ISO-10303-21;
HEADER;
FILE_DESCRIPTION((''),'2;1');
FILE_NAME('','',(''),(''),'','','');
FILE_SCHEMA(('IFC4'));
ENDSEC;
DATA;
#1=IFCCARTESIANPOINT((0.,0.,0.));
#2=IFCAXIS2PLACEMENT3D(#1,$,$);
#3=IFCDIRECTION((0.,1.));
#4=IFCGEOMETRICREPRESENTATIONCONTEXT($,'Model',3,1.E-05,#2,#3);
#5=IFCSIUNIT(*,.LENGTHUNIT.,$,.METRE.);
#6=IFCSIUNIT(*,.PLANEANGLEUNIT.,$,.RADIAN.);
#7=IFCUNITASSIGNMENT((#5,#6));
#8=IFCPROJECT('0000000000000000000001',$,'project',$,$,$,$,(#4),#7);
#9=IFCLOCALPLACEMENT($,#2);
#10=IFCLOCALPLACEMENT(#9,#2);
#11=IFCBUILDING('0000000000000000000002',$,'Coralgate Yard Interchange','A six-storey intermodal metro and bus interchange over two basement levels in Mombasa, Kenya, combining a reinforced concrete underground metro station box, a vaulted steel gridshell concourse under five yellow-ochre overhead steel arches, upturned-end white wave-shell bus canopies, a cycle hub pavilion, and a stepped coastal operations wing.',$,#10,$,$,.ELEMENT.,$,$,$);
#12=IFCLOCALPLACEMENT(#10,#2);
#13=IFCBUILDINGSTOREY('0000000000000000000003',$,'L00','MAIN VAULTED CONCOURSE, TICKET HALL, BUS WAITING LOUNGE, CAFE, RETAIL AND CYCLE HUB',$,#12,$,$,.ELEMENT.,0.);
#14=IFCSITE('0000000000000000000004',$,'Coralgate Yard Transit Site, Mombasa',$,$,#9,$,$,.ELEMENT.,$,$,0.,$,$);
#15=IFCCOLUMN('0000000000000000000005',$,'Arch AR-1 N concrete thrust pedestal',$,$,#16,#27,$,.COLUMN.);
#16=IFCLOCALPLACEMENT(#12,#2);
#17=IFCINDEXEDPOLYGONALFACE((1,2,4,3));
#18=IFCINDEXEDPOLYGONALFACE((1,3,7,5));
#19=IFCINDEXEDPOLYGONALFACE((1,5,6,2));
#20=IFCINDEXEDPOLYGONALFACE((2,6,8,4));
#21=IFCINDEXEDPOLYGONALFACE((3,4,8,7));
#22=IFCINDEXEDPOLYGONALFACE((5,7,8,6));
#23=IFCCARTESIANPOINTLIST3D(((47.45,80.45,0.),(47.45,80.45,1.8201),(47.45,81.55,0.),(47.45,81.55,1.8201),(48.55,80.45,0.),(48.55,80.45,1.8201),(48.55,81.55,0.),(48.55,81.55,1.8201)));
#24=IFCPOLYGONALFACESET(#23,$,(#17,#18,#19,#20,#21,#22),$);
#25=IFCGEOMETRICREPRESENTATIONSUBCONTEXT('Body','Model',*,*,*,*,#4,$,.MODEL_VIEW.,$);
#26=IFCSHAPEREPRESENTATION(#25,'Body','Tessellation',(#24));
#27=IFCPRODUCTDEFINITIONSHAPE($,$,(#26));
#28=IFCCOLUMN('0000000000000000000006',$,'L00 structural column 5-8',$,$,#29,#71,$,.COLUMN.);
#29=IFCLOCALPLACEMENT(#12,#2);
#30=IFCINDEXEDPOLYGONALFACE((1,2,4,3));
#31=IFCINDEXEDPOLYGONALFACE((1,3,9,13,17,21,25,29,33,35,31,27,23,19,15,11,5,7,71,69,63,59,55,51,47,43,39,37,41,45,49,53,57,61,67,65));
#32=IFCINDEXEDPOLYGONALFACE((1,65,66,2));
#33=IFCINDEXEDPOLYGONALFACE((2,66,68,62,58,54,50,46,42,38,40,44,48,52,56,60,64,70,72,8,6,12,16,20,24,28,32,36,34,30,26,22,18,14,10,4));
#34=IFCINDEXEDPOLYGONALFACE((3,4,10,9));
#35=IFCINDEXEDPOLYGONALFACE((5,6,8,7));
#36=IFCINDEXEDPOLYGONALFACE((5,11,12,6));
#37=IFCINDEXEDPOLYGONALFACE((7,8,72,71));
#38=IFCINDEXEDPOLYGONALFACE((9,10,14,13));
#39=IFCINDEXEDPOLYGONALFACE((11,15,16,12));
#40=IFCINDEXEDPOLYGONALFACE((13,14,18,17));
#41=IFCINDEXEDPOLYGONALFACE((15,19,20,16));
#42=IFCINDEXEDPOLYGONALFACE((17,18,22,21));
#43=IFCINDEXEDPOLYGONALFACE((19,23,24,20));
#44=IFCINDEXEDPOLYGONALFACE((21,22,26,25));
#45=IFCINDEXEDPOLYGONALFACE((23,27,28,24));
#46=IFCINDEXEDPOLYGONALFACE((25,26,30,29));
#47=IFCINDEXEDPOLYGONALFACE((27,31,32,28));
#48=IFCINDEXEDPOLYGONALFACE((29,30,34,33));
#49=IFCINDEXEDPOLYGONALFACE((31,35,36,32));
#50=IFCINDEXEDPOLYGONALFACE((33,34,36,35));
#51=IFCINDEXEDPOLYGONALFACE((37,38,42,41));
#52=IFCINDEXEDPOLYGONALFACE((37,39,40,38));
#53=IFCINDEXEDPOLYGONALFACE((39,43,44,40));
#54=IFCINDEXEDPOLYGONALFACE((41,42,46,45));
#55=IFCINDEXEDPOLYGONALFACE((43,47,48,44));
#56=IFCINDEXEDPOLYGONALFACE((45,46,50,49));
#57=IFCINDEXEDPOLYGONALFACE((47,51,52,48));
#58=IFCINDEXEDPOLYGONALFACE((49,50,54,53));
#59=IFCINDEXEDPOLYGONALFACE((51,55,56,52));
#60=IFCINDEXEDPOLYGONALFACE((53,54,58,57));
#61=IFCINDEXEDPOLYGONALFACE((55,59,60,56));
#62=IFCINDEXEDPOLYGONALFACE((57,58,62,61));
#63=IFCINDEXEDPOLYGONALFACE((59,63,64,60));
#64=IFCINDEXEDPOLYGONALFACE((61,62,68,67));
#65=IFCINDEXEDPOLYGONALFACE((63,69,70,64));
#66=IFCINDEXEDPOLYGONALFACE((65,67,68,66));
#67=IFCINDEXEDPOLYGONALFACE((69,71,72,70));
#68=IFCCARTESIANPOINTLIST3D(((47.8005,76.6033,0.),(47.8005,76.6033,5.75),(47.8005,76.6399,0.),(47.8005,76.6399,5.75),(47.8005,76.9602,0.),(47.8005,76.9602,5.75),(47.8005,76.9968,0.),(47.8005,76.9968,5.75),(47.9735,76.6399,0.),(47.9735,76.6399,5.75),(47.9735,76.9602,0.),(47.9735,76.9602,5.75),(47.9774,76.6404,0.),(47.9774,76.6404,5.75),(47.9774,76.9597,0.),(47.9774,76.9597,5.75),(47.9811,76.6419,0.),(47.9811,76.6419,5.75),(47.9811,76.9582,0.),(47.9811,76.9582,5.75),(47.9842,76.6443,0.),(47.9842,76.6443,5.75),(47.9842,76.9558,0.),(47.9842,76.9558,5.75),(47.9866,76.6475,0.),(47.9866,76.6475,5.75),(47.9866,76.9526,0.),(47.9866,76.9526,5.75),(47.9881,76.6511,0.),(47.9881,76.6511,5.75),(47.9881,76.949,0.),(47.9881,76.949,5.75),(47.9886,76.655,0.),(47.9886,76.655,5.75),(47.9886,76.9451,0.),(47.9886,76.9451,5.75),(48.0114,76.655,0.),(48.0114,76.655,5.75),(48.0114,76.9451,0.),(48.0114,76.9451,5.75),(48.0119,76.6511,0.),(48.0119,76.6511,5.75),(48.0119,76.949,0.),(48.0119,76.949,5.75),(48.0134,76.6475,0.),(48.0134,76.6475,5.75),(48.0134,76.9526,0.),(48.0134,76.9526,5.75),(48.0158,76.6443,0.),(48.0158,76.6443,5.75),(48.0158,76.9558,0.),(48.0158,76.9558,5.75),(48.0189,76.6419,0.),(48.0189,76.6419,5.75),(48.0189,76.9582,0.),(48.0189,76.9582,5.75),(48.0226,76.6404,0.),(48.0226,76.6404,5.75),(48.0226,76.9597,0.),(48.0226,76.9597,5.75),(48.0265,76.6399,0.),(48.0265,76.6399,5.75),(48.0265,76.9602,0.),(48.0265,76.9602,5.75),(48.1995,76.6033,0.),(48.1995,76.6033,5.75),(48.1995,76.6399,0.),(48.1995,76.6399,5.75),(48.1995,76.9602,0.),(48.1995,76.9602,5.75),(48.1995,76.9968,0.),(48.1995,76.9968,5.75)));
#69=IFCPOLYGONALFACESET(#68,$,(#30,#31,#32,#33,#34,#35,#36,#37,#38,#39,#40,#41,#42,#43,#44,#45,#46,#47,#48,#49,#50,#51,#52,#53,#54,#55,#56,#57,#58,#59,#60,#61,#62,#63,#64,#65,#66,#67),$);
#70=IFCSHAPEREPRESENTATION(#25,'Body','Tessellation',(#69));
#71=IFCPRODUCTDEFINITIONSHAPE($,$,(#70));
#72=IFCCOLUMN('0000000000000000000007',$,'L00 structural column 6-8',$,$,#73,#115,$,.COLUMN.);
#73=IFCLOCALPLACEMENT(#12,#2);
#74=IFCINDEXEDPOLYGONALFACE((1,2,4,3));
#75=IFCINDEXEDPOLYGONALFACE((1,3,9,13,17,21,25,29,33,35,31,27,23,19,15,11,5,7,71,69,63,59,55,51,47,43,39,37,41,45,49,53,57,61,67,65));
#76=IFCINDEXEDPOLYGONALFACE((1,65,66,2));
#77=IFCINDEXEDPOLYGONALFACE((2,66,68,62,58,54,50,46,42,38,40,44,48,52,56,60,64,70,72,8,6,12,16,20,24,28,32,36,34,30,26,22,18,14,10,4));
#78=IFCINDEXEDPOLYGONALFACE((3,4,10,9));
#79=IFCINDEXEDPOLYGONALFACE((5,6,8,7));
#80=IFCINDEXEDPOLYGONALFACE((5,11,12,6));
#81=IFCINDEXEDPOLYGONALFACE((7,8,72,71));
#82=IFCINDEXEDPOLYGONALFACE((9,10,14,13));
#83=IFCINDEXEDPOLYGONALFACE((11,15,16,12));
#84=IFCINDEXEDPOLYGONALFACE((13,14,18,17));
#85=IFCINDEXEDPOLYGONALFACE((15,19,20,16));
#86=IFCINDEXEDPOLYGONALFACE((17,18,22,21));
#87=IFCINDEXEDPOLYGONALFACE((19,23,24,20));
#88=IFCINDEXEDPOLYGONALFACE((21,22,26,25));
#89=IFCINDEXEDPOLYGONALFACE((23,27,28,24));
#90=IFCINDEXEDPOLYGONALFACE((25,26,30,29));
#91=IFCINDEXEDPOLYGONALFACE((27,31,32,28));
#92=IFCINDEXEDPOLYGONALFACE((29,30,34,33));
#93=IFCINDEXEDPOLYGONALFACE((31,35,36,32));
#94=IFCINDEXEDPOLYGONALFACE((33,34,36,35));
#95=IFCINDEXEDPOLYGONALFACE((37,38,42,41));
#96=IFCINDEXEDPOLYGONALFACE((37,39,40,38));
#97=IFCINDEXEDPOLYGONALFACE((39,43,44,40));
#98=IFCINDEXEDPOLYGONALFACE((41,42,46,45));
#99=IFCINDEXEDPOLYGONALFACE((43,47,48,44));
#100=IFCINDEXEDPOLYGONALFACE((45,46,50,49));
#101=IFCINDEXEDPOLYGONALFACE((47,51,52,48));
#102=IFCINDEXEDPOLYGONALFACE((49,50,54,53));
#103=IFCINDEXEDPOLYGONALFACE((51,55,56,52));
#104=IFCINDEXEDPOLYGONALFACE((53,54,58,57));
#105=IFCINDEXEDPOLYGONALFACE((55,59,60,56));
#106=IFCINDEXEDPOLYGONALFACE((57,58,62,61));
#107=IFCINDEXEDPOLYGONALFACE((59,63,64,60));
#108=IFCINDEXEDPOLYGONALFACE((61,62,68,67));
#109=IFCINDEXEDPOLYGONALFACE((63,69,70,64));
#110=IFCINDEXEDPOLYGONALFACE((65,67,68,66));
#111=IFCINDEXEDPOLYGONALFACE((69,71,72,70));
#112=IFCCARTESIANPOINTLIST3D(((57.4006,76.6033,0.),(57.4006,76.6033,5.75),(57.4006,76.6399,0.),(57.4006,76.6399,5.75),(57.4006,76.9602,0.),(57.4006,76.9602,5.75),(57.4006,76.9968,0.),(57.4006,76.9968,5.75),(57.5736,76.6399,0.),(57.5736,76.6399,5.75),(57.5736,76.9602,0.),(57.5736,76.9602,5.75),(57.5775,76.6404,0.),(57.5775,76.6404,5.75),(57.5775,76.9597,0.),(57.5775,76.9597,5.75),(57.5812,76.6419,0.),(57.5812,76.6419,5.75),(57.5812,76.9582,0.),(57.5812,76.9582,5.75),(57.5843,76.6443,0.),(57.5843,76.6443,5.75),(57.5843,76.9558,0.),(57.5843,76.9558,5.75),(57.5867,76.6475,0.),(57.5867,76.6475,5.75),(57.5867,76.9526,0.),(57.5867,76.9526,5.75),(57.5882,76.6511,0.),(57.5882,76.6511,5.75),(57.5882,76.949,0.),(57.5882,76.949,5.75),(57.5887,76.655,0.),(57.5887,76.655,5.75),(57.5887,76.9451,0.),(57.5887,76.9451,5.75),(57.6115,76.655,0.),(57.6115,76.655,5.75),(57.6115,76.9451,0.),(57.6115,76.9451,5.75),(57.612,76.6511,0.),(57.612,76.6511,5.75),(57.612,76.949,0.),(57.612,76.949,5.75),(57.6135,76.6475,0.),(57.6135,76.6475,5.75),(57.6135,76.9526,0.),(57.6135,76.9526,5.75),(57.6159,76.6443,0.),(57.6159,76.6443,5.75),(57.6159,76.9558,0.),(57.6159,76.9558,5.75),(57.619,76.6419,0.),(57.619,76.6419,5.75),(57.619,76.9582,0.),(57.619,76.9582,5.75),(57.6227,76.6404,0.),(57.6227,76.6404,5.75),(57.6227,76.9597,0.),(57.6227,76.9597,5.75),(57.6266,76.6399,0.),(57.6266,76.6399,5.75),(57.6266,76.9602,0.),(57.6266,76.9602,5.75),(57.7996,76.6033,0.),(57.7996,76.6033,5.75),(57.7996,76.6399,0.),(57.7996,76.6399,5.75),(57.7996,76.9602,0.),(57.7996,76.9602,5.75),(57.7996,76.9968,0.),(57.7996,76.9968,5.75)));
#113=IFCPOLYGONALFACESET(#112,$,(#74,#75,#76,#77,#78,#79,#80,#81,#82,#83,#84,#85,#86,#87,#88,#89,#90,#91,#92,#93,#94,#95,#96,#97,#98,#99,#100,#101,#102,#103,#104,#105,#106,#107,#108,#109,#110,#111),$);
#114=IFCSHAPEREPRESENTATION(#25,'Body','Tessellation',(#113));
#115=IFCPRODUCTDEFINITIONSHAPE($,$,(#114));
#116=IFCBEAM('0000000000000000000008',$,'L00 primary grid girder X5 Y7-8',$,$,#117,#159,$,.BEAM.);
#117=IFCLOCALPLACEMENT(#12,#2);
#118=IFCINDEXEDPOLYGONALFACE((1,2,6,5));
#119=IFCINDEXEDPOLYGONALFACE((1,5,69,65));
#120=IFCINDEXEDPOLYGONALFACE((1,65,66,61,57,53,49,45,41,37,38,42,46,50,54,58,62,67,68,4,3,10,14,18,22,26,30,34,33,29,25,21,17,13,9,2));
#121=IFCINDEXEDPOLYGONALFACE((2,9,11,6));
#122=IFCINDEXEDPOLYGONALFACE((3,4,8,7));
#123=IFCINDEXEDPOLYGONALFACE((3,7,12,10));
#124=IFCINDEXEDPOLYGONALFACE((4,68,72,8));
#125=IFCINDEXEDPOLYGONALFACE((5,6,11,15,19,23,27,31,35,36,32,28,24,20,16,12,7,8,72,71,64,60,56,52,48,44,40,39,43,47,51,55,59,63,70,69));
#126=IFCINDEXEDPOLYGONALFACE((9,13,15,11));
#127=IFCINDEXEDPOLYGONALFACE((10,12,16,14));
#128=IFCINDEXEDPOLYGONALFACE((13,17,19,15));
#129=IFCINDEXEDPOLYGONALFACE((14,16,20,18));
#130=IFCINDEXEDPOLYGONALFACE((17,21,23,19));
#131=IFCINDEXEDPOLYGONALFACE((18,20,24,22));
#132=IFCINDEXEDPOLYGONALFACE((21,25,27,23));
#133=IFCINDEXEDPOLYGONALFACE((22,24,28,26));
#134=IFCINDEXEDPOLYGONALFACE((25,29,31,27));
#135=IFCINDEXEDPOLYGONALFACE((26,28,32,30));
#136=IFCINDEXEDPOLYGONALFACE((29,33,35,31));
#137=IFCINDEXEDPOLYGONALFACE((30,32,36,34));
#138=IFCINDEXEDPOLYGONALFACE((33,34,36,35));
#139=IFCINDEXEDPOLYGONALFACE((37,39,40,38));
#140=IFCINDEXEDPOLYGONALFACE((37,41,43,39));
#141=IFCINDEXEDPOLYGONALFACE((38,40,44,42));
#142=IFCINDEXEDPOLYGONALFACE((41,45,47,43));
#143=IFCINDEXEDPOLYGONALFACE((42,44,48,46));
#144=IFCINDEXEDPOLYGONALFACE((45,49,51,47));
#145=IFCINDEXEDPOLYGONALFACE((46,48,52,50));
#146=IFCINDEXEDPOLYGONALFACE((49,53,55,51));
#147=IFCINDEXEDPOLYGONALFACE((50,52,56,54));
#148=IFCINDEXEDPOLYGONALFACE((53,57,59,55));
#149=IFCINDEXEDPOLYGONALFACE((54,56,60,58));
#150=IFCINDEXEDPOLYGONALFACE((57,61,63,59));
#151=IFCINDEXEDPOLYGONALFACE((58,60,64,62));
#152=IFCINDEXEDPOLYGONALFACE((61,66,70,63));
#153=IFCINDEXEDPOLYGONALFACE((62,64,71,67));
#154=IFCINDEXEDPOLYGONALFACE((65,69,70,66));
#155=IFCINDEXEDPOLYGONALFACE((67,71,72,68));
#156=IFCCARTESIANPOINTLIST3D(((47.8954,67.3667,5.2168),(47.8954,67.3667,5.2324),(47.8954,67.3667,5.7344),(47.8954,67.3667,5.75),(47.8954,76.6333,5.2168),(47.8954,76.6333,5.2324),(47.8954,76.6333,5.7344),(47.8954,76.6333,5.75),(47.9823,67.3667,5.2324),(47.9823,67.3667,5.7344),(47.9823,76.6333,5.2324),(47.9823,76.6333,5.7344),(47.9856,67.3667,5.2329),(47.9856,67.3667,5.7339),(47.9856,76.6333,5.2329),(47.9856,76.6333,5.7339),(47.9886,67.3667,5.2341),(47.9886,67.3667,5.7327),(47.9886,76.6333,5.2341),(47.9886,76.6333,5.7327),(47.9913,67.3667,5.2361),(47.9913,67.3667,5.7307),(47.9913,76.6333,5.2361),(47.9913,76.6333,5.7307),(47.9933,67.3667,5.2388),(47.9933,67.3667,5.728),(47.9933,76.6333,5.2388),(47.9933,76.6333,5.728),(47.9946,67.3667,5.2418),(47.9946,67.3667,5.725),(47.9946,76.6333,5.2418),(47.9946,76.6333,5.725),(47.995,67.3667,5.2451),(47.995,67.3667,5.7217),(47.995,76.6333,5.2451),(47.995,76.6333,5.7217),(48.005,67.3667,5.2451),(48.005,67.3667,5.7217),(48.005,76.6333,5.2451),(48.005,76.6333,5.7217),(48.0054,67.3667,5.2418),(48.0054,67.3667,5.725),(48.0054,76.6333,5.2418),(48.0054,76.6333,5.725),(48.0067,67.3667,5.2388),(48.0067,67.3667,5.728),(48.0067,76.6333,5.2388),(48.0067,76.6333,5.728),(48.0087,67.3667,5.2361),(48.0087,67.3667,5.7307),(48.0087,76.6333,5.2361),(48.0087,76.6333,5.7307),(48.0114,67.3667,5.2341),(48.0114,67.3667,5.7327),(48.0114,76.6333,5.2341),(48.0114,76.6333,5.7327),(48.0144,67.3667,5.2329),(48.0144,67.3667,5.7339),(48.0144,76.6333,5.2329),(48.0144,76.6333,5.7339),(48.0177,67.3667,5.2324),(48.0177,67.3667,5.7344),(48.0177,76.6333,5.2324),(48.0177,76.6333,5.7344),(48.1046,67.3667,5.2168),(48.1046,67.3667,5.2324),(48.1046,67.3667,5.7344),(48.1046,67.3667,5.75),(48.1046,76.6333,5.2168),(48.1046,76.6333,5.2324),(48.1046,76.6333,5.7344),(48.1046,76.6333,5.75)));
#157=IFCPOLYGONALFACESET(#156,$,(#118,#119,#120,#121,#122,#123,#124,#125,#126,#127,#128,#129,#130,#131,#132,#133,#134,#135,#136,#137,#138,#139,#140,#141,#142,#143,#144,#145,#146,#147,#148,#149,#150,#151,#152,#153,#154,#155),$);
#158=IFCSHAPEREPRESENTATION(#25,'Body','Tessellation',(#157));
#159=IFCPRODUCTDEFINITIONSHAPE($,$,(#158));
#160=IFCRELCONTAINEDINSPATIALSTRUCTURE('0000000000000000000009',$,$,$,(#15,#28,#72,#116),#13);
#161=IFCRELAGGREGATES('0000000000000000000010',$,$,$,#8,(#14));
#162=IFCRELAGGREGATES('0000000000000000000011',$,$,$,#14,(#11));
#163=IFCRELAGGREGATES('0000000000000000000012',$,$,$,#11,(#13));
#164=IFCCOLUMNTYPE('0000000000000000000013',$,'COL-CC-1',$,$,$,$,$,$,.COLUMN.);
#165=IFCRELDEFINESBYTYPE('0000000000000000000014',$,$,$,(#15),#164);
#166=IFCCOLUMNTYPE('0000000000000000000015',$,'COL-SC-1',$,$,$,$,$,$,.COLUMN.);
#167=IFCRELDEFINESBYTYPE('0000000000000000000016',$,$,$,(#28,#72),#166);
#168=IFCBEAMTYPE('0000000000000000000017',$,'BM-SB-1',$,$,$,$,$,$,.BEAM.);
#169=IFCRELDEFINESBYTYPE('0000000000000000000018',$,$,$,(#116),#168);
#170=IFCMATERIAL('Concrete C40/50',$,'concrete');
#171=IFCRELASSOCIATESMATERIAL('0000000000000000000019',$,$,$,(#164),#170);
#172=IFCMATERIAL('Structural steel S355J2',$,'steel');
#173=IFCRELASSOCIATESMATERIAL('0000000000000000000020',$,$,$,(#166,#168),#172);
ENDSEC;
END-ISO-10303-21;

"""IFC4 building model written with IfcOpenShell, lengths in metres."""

from ifc_helpers import new_model, si_unit, direction, frame, origin, origin_2d, place, context, subcontext, project, spatial, rectangle, i_section, extrude, material, material_profile, profile_set, type_object, element, save


model = new_model("IFC4")

# Units and contexts
model_context = context("Model", 3, precision=1e-05, world=origin(), true_north=direction((0.0, 1.0)))
body_context = subcontext(model_context, "Body", "Model", "MODEL_VIEW")
ifc_project = project(units=[si_unit("LENGTHUNIT", "METRE"), si_unit("PLANEANGLEUNIT", "RADIAN")], contexts=[model_context])

# Site, building, storey
site_placement = place(None, origin())
site = spatial("IfcSite", under=ifc_project, at=site_placement, Name="Coralgate Yard Transit Site, Mombasa", CompositionType="ELEMENT", RefElevation=0.0)
building_placement = place(site_placement, origin())
building = spatial("IfcBuilding", under=site, at=building_placement, Name="Coralgate Yard Interchange", Description="A six-storey intermodal metro and bus interchange over two basement levels in Mombasa, Kenya, combining a reinforced concrete underground metro station box, a vaulted steel gridshell concourse under five yellow-ochre overhead steel arches, upturned-end white wave-shell bus canopies, a cycle hub pavilion, and a stepped coastal operations wing.", CompositionType="ELEMENT")
storey_placement = place(building_placement, origin())
storey = spatial("IfcBuildingStorey", under=building, at=storey_placement, Name="L00", Description="MAIN VAULTED CONCOURSE, TICKET HALL, BUS WAITING LOUNGE, CAFE, RETAIL AND CYCLE HUB", CompositionType="ELEMENT", Elevation=0.0)

# Columns
ifc_material_1 = material(Name="Concrete C40/50", Category="concrete")
ifc_material_profile_1 = material_profile(ifc_material_1, rectangle(XDim=1.1001, YDim=1.1001, at=origin_2d()), Name="RC 1100x1100")
ifc_profile_set_1 = profile_set([ifc_material_profile_1], Name="Concrete C40/50")
column_type_1 = type_object("IfcColumnType", Name="COL-CC-1", PredefinedType="COLUMN", material=ifc_profile_set_1)
column_placement = place(storey_placement, frame((48.0, 81.0, 0.0), z_axis=(0.0, 0.0, 1.0), x_axis=(1.0, 0.0, 0.0)))
element("IfcColumn", 1, at=column_placement, inside=storey, type_object=column_type_1, Name="Arch AR-1 N concrete thrust pedestal", PredefinedType="COLUMN", context=body_context, shape_type="SweptSolid", body=[
    extrude(rectangle(XDim=1.1001, YDim=1.1001, at=origin_2d()), origin(), (0.0, 0.0, 1.0), 1.8201),
])
ifc_material_2 = material(Name="Structural steel S355J2", Category="steel")
ifc_material_profile_2 = material_profile(ifc_material_2, i_section(OverallWidth=0.3989, OverallDepth=0.3936, WebThickness=0.0227, FlangeThickness=0.0366, FilletRadius=0.0151, at=origin_2d()), Name="UC 356x406x287")
ifc_profile_set_2 = profile_set([ifc_material_profile_2], Name="Structural steel S355J2")
column_type_2 = type_object("IfcColumnType", Name="COL-SC-1", PredefinedType="COLUMN", material=ifc_profile_set_2)
for number, where, z_axis, x_axis, name in (
    (2, (48.0, 76.8, 0.0), (0.0, 0.0, 1.0), (1.0, 0.0, 0.0), "L00 structural column 5-8"),
    (3, (57.6001, 76.8, 0.0), (0.0, 0.0, 1.0), (1.0, 0.0, 0.0), "L00 structural column 6-8"),
):
    element("IfcColumn", number, at=place(storey_placement, frame(where, z_axis=z_axis, x_axis=x_axis)), inside=storey, type_object=column_type_2, Name=name, PredefinedType="COLUMN", context=body_context, shape_type="SweptSolid", body=[
        extrude(i_section(OverallWidth=0.3989, OverallDepth=0.3936, WebThickness=0.0227, FlangeThickness=0.0366, FilletRadius=0.0151, at=origin_2d()), origin(), (0.0, 0.0, 1.0), 5.75),
    ])

# Beam
ifc_material_profile_3 = material_profile(ifc_material_2, i_section(OverallWidth=0.2092, OverallDepth=0.5332, WebThickness=0.01, FlangeThickness=0.0156, FilletRadius=0.0127, at=origin_2d()), Name="UB 533x210x92")
ifc_profile_set_3 = profile_set([ifc_material_profile_3], Name="Structural steel S355J2")
beam_type_1 = type_object("IfcBeamType", Name="BM-SB-1", PredefinedType="BEAM", material=ifc_profile_set_3)
beam_1_placement = place(storey_placement, frame((48.0, 67.3667, 5.4834), z_axis=(0.0, 1.0, 0.0), x_axis=(-1.0, 0.0, 0.0)))
element("IfcBeam", 4, at=beam_1_placement, inside=storey, type_object=beam_type_1, Name="L00 primary grid girder X5 Y7-8", PredefinedType="BEAM", context=body_context, shape_type="SweptSolid", body=[
    extrude(i_section(OverallWidth=0.2092, OverallDepth=0.5332, WebThickness=0.01, FlangeThickness=0.0156, FilletRadius=0.0127, at=origin_2d()), origin(), (0.0, 0.0, 1.0), 9.2666),
])

save(model, "model.ifc")
